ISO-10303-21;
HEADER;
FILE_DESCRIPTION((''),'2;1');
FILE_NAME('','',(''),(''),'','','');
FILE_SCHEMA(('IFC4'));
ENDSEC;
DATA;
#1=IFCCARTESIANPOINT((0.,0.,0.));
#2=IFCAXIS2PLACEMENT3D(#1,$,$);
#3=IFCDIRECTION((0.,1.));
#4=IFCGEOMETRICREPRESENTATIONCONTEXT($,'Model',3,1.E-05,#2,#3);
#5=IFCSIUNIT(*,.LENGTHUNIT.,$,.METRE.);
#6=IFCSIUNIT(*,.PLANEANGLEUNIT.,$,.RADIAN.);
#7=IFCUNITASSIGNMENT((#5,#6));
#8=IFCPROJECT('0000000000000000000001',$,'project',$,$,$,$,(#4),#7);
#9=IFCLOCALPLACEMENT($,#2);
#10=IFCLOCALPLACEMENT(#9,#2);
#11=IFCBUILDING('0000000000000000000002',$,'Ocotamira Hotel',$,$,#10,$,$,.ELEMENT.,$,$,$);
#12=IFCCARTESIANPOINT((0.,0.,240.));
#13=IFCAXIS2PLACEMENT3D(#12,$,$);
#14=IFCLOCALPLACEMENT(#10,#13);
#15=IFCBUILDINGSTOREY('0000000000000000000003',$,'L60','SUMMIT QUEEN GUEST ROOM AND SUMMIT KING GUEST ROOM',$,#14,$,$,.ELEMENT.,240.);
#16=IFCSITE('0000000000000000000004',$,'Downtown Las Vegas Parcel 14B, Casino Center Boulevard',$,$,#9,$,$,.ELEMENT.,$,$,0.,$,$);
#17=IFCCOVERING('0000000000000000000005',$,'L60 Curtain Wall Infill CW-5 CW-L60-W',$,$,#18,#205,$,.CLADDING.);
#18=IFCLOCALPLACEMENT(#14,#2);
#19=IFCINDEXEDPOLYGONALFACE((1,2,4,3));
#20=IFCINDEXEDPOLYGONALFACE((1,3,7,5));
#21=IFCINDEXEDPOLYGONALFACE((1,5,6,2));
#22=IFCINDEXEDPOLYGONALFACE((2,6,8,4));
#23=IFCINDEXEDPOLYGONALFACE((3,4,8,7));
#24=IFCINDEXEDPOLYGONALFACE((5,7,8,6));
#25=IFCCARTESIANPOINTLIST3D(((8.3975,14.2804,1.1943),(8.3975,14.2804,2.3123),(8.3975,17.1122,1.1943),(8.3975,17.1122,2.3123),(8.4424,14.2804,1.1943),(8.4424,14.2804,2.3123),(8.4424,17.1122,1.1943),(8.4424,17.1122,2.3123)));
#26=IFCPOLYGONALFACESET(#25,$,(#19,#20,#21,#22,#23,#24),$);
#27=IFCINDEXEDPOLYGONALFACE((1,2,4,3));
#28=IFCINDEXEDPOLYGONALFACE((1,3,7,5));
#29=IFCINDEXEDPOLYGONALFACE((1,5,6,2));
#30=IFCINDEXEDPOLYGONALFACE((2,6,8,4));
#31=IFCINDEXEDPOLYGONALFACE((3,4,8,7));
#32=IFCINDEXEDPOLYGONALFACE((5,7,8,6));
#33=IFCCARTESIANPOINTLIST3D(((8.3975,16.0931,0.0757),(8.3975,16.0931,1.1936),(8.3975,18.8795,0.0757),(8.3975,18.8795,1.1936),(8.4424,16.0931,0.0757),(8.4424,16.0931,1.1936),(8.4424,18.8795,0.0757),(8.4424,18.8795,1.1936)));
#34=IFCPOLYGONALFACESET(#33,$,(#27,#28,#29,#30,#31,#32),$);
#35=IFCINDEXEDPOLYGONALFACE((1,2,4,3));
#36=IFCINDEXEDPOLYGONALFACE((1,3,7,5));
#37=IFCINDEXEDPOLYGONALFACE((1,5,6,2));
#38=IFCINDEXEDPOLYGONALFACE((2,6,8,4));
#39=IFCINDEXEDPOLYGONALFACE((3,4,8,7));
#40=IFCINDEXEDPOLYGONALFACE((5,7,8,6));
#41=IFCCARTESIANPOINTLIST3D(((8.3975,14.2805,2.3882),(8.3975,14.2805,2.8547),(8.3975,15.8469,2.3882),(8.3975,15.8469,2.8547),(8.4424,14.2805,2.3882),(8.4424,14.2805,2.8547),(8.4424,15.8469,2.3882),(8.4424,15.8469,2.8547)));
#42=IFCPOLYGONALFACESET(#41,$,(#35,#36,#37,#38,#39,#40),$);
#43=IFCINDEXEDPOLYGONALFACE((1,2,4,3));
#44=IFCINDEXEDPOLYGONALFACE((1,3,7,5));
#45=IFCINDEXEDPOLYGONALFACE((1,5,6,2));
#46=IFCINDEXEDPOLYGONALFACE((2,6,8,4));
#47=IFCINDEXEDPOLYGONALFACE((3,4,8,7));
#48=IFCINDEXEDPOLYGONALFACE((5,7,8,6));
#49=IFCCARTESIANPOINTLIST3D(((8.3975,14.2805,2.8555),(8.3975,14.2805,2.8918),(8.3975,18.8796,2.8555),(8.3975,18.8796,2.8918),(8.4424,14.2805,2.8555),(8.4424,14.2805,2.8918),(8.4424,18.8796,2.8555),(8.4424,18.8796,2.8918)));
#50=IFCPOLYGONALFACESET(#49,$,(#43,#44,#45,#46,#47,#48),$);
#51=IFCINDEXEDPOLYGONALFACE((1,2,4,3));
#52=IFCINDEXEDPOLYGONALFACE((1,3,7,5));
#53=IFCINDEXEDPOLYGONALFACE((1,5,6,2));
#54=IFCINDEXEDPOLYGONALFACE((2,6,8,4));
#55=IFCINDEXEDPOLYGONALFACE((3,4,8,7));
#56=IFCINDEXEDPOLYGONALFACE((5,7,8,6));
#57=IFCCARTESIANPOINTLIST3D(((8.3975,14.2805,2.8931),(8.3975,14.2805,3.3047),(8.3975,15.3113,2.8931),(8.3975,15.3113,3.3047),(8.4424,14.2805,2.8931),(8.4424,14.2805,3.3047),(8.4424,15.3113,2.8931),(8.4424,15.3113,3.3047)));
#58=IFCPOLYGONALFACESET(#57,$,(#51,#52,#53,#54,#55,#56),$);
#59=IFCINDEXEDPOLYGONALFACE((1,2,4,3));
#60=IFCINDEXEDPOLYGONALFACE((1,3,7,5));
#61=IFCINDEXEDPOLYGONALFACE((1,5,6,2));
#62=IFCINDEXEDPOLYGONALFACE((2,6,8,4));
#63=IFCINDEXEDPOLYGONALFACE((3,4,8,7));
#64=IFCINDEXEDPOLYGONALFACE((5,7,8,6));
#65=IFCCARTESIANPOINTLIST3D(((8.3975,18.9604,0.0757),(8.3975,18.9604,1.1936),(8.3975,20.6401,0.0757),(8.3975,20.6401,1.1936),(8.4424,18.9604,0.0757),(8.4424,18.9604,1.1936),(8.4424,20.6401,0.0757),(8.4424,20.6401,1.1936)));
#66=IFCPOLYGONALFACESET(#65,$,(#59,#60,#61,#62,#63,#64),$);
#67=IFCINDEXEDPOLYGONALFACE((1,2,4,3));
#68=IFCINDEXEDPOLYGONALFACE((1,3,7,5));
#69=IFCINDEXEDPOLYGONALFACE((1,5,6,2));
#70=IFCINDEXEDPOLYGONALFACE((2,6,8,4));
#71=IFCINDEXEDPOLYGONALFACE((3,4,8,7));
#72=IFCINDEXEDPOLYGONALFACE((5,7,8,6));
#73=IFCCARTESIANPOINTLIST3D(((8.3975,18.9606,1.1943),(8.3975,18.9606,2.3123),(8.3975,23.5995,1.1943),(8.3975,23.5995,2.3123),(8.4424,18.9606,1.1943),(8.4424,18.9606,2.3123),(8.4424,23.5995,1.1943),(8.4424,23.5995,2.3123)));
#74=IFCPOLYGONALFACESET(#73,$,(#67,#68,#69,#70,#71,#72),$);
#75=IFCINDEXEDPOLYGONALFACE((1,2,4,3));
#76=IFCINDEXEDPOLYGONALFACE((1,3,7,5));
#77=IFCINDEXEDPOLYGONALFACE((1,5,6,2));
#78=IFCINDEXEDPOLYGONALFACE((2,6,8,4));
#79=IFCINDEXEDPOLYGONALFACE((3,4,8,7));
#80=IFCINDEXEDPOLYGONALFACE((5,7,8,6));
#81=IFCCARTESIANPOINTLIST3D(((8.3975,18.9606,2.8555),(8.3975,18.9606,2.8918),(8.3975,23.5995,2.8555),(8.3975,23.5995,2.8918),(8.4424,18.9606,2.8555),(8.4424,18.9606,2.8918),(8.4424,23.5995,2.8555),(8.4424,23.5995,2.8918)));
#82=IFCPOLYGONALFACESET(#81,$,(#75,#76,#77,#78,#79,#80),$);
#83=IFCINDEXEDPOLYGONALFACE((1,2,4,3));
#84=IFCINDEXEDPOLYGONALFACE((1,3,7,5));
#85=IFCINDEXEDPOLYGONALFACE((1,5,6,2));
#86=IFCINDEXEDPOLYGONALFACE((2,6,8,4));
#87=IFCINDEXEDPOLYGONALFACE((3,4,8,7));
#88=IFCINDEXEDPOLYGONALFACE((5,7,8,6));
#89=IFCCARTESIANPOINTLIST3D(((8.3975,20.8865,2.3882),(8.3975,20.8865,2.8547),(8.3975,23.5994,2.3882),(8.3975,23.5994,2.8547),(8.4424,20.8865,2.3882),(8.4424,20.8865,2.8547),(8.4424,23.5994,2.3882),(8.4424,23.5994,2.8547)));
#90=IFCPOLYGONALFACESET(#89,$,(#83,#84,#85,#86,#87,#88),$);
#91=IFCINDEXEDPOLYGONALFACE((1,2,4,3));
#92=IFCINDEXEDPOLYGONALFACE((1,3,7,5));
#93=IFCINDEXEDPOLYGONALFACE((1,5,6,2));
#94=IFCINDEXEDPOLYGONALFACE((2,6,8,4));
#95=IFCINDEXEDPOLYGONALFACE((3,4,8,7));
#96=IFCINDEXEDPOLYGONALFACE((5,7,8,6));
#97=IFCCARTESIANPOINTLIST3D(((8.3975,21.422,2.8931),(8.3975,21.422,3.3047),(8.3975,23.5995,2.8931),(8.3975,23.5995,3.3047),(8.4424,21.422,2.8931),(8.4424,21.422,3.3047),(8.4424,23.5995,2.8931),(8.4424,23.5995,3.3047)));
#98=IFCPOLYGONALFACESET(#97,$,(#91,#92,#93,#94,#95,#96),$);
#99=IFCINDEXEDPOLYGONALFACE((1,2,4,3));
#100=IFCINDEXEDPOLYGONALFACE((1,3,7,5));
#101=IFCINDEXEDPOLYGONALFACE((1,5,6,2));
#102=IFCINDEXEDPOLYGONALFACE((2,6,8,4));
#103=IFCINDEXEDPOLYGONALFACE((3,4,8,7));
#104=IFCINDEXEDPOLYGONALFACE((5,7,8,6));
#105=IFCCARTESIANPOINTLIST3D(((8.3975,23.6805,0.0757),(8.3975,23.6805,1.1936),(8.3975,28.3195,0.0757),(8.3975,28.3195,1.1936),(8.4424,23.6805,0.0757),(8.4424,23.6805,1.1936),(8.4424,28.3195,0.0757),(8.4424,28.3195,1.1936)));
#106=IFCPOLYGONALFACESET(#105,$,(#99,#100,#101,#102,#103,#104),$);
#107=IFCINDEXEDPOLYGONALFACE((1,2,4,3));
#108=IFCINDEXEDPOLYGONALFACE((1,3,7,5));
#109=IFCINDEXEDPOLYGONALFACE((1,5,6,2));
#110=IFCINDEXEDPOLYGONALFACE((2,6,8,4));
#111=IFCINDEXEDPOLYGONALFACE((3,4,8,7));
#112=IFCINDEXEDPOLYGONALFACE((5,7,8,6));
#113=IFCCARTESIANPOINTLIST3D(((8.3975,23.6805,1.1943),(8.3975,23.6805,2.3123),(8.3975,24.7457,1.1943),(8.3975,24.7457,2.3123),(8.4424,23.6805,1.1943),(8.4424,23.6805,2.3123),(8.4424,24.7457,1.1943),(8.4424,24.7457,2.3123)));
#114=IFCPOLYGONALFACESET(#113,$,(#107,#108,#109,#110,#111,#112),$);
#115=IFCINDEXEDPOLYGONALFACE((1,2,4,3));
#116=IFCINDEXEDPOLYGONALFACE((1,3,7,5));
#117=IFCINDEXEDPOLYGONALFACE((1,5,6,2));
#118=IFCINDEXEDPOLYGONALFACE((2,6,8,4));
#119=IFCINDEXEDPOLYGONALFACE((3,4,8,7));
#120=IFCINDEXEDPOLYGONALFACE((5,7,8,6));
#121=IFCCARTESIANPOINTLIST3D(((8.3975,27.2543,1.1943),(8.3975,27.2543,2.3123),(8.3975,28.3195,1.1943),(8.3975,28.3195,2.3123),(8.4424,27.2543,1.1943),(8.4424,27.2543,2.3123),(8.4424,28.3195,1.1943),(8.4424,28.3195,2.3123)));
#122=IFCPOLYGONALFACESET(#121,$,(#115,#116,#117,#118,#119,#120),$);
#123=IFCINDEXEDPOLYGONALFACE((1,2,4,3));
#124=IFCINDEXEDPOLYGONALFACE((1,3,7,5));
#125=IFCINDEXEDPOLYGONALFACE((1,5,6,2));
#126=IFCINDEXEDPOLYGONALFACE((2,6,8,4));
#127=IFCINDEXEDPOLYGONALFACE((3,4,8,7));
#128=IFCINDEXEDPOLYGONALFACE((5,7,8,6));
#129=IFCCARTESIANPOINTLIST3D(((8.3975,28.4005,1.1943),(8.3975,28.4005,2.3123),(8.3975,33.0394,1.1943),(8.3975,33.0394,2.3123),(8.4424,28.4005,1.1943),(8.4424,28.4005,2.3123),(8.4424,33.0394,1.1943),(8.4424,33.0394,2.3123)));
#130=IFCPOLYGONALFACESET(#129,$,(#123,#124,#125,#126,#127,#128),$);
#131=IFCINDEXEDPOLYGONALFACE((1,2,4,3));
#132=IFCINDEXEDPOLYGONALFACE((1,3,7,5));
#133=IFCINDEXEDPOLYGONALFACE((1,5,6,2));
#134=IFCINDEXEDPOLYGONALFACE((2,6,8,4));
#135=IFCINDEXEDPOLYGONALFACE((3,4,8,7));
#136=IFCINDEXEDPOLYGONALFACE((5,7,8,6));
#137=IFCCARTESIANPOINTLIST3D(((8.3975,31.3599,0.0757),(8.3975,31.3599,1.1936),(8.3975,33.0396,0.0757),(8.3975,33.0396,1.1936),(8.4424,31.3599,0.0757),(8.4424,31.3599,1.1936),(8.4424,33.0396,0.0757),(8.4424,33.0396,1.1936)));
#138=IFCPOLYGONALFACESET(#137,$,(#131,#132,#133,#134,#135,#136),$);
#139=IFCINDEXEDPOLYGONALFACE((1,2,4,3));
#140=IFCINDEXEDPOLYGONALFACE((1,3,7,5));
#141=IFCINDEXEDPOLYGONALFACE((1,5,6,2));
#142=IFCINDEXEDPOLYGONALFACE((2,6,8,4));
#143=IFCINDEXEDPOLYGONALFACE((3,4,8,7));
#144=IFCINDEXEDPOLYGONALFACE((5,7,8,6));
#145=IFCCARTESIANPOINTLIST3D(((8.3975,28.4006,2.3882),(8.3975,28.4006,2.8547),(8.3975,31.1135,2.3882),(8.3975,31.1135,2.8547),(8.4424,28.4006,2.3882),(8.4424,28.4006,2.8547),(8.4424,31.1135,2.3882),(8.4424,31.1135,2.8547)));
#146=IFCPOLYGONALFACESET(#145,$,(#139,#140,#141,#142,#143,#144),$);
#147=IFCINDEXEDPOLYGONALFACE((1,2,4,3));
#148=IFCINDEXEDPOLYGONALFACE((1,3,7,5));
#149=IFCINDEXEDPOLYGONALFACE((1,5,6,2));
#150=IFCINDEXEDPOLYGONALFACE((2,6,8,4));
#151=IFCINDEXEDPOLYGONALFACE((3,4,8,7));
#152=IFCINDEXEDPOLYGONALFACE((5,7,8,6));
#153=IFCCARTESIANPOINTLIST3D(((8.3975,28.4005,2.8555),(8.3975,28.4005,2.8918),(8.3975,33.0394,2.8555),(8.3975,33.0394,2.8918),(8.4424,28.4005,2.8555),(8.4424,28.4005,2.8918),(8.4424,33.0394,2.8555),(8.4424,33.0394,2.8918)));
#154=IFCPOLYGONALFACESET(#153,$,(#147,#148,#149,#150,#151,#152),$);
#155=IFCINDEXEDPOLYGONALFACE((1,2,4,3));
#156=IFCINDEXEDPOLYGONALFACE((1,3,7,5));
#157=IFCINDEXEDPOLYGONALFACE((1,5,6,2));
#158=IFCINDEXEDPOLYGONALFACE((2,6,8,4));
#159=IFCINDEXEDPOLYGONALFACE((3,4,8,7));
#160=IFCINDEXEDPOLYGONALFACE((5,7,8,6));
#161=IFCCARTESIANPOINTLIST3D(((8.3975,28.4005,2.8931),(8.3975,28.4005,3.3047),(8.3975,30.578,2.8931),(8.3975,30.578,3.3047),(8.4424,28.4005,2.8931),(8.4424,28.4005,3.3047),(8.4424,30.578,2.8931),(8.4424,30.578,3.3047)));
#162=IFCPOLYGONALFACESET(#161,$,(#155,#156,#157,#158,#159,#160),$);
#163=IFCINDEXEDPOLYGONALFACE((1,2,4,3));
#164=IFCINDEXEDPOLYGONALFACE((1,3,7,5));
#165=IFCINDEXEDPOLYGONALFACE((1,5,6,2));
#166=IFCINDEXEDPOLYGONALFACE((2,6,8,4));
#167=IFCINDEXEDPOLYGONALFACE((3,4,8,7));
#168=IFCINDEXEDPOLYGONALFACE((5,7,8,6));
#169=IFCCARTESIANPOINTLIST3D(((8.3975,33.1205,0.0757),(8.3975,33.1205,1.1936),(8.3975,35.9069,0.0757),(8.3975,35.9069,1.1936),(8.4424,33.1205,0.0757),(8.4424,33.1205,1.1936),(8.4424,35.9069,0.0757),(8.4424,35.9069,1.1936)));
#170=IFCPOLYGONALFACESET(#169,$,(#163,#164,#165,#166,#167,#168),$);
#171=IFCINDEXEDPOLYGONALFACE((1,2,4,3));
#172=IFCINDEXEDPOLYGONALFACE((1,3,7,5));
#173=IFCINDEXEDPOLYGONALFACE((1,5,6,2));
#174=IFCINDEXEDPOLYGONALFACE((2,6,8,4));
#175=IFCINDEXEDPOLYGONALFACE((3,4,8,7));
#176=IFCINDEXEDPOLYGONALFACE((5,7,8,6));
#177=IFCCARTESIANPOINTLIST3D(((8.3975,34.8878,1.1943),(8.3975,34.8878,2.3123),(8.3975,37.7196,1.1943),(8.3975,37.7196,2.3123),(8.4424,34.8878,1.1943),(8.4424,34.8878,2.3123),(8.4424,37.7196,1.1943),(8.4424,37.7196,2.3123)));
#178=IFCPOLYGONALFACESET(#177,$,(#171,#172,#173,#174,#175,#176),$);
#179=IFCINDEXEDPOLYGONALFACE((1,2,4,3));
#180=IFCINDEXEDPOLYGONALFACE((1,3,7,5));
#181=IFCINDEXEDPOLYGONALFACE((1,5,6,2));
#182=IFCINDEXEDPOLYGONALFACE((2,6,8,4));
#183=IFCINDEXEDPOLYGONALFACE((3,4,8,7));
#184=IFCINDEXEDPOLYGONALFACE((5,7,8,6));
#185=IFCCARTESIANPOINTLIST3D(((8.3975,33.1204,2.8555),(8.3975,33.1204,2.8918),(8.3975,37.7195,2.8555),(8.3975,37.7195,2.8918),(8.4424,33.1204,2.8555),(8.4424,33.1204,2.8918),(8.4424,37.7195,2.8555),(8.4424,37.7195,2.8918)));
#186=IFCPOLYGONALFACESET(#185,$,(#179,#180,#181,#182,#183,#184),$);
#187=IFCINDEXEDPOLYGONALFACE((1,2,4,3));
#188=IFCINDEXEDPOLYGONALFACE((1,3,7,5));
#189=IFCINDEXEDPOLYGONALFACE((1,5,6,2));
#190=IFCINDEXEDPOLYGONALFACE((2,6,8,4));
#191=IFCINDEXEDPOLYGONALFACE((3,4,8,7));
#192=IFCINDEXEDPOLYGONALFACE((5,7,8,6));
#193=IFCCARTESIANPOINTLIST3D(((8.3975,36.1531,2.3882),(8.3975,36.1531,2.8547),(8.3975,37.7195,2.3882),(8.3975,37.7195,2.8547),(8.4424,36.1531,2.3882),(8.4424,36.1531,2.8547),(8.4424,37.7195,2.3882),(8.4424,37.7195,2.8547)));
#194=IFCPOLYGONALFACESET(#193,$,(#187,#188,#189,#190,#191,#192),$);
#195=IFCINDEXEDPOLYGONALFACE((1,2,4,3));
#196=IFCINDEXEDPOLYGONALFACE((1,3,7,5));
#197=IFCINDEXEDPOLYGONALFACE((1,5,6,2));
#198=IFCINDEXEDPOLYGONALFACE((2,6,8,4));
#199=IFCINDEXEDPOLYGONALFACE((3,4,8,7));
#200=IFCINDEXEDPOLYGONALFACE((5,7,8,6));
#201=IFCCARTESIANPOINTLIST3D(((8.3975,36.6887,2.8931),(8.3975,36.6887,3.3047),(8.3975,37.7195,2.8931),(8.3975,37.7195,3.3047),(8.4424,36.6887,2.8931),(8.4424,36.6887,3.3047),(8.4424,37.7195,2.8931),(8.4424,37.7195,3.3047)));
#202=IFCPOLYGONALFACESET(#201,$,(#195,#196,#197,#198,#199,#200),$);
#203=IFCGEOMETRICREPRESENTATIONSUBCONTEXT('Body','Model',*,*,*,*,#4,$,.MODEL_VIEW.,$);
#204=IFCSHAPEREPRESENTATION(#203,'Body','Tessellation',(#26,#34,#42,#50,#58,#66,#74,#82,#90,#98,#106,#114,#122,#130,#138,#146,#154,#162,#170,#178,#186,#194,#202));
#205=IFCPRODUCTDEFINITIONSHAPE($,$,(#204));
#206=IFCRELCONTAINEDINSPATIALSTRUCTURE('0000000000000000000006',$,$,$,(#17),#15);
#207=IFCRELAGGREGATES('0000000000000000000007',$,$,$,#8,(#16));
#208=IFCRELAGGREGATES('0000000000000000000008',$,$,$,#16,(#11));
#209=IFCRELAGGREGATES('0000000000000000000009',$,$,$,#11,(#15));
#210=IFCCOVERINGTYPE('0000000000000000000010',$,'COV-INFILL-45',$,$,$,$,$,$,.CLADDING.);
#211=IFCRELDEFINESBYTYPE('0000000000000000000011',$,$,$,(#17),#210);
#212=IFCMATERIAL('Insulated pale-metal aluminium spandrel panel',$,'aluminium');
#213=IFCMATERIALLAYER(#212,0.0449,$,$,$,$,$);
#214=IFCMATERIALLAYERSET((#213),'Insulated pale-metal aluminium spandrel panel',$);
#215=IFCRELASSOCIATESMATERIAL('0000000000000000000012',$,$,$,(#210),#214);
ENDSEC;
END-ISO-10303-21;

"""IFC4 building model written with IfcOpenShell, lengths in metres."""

from ifc_helpers import new_model, si_unit, direction, frame, origin, origin_2d, place, context, subcontext, project, spatial, rectangle, extrude, material, layer, layer_set, type_object, element, save


model = new_model("IFC4")

# Units and contexts
model_context = context("Model", 3, precision=1e-05, world=origin(), true_north=direction((0.0, 1.0)))
body_context = subcontext(model_context, "Body", "Model", "MODEL_VIEW")
ifc_project = project(units=[si_unit("LENGTHUNIT", "METRE"), si_unit("PLANEANGLEUNIT", "RADIAN")], contexts=[model_context])

# Site, building, storey
site_placement = place(None, origin())
site = spatial("IfcSite", under=ifc_project, at=site_placement, Name="Downtown Las Vegas Parcel 14B, Casino Center Boulevard", CompositionType="ELEMENT", RefElevation=0.0)
building_placement = place(site_placement, origin())
building = spatial("IfcBuilding", under=site, at=building_placement, Name="Ocotamira Hotel", CompositionType="ELEMENT")
storey_placement = place(building_placement, frame((0.0, 0.0, 240.0)))
storey = spatial("IfcBuildingStorey", under=building, at=storey_placement, Name="L60", Description="SUMMIT QUEEN GUEST ROOM AND SUMMIT KING GUEST ROOM", CompositionType="ELEMENT", Elevation=240.0)

# Covering
ifc_material_1 = material(Name="Insulated pale-metal aluminium spandrel panel", Category="aluminium")
ifc_layer_1 = layer(ifc_material_1, 0.0449)
ifc_layer_set_1 = layer_set([ifc_layer_1], Name="Insulated pale-metal aluminium spandrel panel")
covering_type_1 = type_object("IfcCoveringType", Name="COV-INFILL-45", PredefinedType="CLADDING", material=ifc_layer_set_1)
covering_1_placement = place(storey_placement, origin())
element("IfcCovering", 1, at=covering_1_placement, inside=storey, type_object=covering_type_1, Name="L60 Curtain Wall Infill CW-5 CW-L60-W", PredefinedType="CLADDING", context=body_context, shape_type="SweptSolid", body=[
    extrude(rectangle(XDim=2.8318, YDim=0.0449, at=origin_2d()), frame((8.4199, 15.6963, 1.1943), z_axis=(0.0, 0.0, 1.0), x_axis=(0.0, 1.0, 0.0)), (0.0, 0.0, 1.0), 1.1179),
    extrude(rectangle(XDim=2.7864, YDim=0.0449, at=origin_2d()), frame((8.4199, 17.4863, 0.0757), z_axis=(0.0, 0.0, 1.0), x_axis=(0.0, 1.0, 0.0)), (0.0, 0.0, 1.0), 1.1179),
    extrude(rectangle(XDim=1.5664, YDim=0.0449, at=origin_2d()), frame((8.4199, 15.0637, 2.3882), z_axis=(0.0, 0.0, 1.0), x_axis=(0.0, 1.0, 0.0)), (0.0, 0.0, 1.0), 0.4666),
    extrude(rectangle(XDim=4.5991, YDim=0.0449, at=origin_2d()), frame((8.4199, 16.5801, 2.8555), z_axis=(0.0, 0.0, 1.0), x_axis=(0.0, 1.0, 0.0)), (0.0, 0.0, 1.0), 0.0364),
    extrude(rectangle(XDim=1.0308, YDim=0.0449, at=origin_2d()), frame((8.4199, 14.7959, 2.8931), z_axis=(0.0, 0.0, 1.0), x_axis=(0.0, 1.0, 0.0)), (0.0, 0.0, 1.0), 0.4116),
    extrude(rectangle(XDim=1.6797, YDim=0.0449, at=origin_2d()), frame((8.4199, 19.8003, 0.0757), z_axis=(0.0, 0.0, 1.0), x_axis=(0.0, 1.0, 0.0)), (0.0, 0.0, 1.0), 1.1179),
    extrude(rectangle(XDim=4.6389, YDim=0.0449, at=origin_2d()), frame((8.4199, 21.28, 1.1943), z_axis=(0.0, 0.0, 1.0), x_axis=(0.0, 1.0, 0.0)), (0.0, 0.0, 1.0), 1.1179),
    extrude(rectangle(XDim=4.6389, YDim=0.0449, at=origin_2d()), frame((8.4199, 21.28, 2.8555), z_axis=(0.0, 0.0, 1.0), x_axis=(0.0, 1.0, 0.0)), (0.0, 0.0, 1.0), 0.0364),
    extrude(rectangle(XDim=2.7129, YDim=0.0449, at=origin_2d()), frame((8.4199, 22.2429, 2.3882), z_axis=(0.0, 0.0, 1.0), x_axis=(0.0, 1.0, 0.0)), (0.0, 0.0, 1.0), 0.4666),
    extrude(rectangle(XDim=2.1775, YDim=0.0449, at=origin_2d()), frame((8.4199, 22.5107, 2.8931), z_axis=(0.0, 0.0, 1.0), x_axis=(0.0, 1.0, 0.0)), (0.0, 0.0, 1.0), 0.4116),
    extrude(rectangle(XDim=4.6389, YDim=0.0449, at=origin_2d()), frame((8.4199, 26.0, 0.0757), z_axis=(0.0, 0.0, 1.0), x_axis=(0.0, 1.0, 0.0)), (0.0, 0.0, 1.0), 1.1179),
    extrude(rectangle(XDim=1.0652, YDim=0.0449, at=origin_2d()), frame((8.4199, 24.2131, 1.1943), z_axis=(0.0, 0.0, 1.0), x_axis=(0.0, 1.0, 0.0)), (0.0, 0.0, 1.0), 1.1179),
    extrude(rectangle(XDim=1.0652, YDim=0.0449, at=origin_2d()), frame((8.4199, 27.7869, 1.1943), z_axis=(0.0, 0.0, 1.0), x_axis=(0.0, 1.0, 0.0)), (0.0, 0.0, 1.0), 1.1179),
    extrude(rectangle(XDim=4.6389, YDim=0.0449, at=origin_2d()), frame((8.4199, 30.72, 1.1943), z_axis=(0.0, 0.0, 1.0), x_axis=(0.0, 1.0, 0.0)), (0.0, 0.0, 1.0), 1.1179),
    extrude(rectangle(XDim=1.6797, YDim=0.0449, at=origin_2d()), frame((8.4199, 32.1997, 0.0757), z_axis=(0.0, 0.0, 1.0), x_axis=(0.0, 1.0, 0.0)), (0.0, 0.0, 1.0), 1.1179),
    extrude(rectangle(XDim=2.7129, YDim=0.0449, at=origin_2d()), frame((8.4199, 29.7571, 2.3882), z_axis=(0.0, 0.0, 1.0), x_axis=(0.0, 1.0, 0.0)), (0.0, 0.0, 1.0), 0.4666),
    extrude(rectangle(XDim=4.6389, YDim=0.0449, at=origin_2d()), frame((8.4199, 30.72, 2.8555), z_axis=(0.0, 0.0, 1.0), x_axis=(0.0, 1.0, 0.0)), (0.0, 0.0, 1.0), 0.0364),
    extrude(rectangle(XDim=2.1775, YDim=0.0449, at=origin_2d()), frame((8.4199, 29.4893, 2.8931), z_axis=(0.0, 0.0, 1.0), x_axis=(0.0, 1.0, 0.0)), (0.0, 0.0, 1.0), 0.4116),
    extrude(rectangle(XDim=2.7864, YDim=0.0449, at=origin_2d()), frame((8.4199, 34.5137, 0.0757), z_axis=(0.0, 0.0, 1.0), x_axis=(0.0, 1.0, 0.0)), (0.0, 0.0, 1.0), 1.1179),
    extrude(rectangle(XDim=2.8318, YDim=0.0449, at=origin_2d()), frame((8.4199, 36.3037, 1.1943), z_axis=(0.0, 0.0, 1.0), x_axis=(0.0, 1.0, 0.0)), (0.0, 0.0, 1.0), 1.1179),
    extrude(rectangle(XDim=4.5991, YDim=0.0449, at=origin_2d()), frame((8.4199, 35.4199, 2.8555), z_axis=(0.0, 0.0, 1.0), x_axis=(0.0, 1.0, 0.0)), (0.0, 0.0, 1.0), 0.0364),
    extrude(rectangle(XDim=1.5664, YDim=0.0449, at=origin_2d()), frame((8.4199, 36.9363, 2.3882), z_axis=(0.0, 0.0, 1.0), x_axis=(0.0, 1.0, 0.0)), (0.0, 0.0, 1.0), 0.4666),
    extrude(rectangle(XDim=1.0308, YDim=0.0449, at=origin_2d()), frame((8.4199, 37.2041, 2.8931), z_axis=(0.0, 0.0, 1.0), x_axis=(0.0, 1.0, 0.0)), (0.0, 0.0, 1.0), 0.4116),
])

save(model, "model.ifc")
